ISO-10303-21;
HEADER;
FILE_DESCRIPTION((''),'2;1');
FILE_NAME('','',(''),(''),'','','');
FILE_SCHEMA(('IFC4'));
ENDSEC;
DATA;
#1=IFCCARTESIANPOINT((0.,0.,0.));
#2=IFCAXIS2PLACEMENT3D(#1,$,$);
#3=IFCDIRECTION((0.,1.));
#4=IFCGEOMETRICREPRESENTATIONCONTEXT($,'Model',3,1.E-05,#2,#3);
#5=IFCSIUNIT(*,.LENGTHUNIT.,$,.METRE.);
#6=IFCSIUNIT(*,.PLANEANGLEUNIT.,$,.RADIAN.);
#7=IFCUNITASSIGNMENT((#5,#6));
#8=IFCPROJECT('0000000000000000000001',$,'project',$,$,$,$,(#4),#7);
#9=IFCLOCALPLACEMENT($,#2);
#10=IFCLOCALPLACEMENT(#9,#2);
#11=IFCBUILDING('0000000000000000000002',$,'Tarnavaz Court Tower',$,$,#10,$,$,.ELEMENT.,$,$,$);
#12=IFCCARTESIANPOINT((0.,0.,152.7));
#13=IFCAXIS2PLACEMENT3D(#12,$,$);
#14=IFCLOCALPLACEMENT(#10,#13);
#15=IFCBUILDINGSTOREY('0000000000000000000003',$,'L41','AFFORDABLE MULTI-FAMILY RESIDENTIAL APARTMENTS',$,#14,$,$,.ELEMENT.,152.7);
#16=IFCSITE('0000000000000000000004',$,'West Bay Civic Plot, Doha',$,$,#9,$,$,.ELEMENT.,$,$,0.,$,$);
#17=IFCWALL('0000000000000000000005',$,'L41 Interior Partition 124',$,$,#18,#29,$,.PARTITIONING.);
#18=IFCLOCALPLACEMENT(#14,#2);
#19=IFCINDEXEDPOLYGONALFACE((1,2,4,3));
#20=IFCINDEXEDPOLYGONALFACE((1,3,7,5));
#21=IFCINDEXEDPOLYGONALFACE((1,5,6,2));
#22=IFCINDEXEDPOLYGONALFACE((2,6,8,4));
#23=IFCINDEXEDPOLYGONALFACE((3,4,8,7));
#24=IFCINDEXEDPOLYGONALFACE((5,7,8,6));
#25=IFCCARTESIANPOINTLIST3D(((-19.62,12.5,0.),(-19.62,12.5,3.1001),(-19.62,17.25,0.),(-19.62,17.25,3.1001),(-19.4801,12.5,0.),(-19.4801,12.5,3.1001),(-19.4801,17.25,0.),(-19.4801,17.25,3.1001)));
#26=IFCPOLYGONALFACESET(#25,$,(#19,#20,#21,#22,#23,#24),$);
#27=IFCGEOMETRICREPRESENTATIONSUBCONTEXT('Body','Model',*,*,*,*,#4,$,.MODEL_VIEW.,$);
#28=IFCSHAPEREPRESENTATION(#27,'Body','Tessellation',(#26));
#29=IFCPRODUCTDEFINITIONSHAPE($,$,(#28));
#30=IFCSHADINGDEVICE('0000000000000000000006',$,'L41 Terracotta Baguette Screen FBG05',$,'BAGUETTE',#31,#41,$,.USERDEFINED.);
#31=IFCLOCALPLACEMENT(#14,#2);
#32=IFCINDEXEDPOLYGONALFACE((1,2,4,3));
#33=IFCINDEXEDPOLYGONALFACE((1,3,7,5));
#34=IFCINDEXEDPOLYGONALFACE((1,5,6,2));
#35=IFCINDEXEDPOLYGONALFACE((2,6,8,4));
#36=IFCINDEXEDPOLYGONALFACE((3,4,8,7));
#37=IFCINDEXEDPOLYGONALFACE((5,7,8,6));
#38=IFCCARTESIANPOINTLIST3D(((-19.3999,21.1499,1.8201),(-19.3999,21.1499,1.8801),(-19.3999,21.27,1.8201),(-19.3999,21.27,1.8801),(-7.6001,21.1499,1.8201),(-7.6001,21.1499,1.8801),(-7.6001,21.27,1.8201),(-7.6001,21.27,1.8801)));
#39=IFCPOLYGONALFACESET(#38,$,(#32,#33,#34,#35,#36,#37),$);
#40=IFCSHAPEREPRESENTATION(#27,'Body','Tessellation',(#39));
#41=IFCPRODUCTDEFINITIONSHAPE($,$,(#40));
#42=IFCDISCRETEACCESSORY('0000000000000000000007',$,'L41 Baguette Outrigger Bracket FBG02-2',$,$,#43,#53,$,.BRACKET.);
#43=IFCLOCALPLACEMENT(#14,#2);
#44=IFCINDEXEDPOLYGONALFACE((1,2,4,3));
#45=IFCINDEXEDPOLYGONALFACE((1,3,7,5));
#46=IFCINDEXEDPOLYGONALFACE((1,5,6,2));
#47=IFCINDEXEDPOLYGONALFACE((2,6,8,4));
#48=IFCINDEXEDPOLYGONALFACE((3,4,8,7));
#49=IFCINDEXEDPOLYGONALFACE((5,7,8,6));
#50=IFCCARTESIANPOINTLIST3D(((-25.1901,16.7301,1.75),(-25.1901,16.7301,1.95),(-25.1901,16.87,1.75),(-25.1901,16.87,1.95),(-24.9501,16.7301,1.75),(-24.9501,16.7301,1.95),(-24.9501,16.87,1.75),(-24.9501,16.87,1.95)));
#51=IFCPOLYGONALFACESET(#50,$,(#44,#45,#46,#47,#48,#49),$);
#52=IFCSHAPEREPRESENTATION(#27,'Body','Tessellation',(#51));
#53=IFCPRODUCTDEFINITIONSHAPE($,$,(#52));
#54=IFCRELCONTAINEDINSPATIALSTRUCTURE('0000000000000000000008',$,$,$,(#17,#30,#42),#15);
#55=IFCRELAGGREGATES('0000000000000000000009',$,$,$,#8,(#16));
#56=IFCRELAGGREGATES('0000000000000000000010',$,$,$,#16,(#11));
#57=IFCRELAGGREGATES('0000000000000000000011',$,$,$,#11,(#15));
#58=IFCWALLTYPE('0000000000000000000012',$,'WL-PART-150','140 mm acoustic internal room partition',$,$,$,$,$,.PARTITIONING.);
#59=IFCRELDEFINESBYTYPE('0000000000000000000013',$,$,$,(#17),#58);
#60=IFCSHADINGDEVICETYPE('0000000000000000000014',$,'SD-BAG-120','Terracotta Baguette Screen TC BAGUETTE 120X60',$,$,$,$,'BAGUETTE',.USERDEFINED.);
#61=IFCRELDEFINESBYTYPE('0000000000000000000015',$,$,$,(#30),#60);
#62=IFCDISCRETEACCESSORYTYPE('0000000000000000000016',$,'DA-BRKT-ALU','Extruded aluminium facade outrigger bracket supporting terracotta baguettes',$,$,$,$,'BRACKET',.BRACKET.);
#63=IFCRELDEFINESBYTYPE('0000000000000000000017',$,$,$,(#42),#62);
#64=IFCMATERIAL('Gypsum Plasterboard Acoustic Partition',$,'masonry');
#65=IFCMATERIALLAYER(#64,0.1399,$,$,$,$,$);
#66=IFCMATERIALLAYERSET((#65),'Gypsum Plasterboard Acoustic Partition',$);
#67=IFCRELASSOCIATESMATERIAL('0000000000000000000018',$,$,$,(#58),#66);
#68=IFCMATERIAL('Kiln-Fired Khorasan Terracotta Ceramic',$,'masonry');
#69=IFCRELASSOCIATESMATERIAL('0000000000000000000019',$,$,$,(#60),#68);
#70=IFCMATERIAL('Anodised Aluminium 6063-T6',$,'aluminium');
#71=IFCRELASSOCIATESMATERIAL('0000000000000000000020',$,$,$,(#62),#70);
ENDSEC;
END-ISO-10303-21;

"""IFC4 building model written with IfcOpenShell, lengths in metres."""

from ifc_helpers import new_model, si_unit, direction, frame, frame_2d, origin, origin_2d, place, context, subcontext, project, spatial, rectangle, extrude, material, layer, layer_set, material_profile, profile_set, type_object, element, save


model = new_model("IFC4")

# Units and contexts
model_context = context("Model", 3, precision=1e-05, world=origin(), true_north=direction((0.0, 1.0)))
body_context = subcontext(model_context, "Body", "Model", "MODEL_VIEW")
ifc_project = project(units=[si_unit("LENGTHUNIT", "METRE"), si_unit("PLANEANGLEUNIT", "RADIAN")], contexts=[model_context])

# Site, building, storey
site_placement = place(None, origin())
site = spatial("IfcSite", under=ifc_project, at=site_placement, Name="West Bay Civic Plot, Doha", CompositionType="ELEMENT", RefElevation=0.0)
building_placement = place(site_placement, origin())
building = spatial("IfcBuilding", under=site, at=building_placement, Name="Tarnavaz Court Tower", CompositionType="ELEMENT")
storey_placement = place(building_placement, frame((0.0, 0.0, 152.7)))
storey = spatial("IfcBuildingStorey", under=building, at=storey_placement, Name="L41", Description="AFFORDABLE MULTI-FAMILY RESIDENTIAL APARTMENTS", CompositionType="ELEMENT", Elevation=152.7)

# Wall
ifc_material_1 = material(Name="Gypsum Plasterboard Acoustic Partition", Category="masonry")
ifc_layer_1 = layer(ifc_material_1, 0.1399)
ifc_layer_set_1 = layer_set([ifc_layer_1], Name="Gypsum Plasterboard Acoustic Partition")
wall_type_1 = type_object("IfcWallType", Name="WL-PART-150", Description="140 mm acoustic internal room partition", PredefinedType="PARTITIONING", material=ifc_layer_set_1)
wall_1_placement = place(storey_placement, frame((-19.55, 12.5, 0.0), z_axis=(0.0, 0.0, 1.0), x_axis=(0.0, 1.0, 0.0)))
element("IfcWall", 1, at=wall_1_placement, inside=storey, type_object=wall_type_1, Name="L41 Interior Partition 124", PredefinedType="PARTITIONING", context=body_context, shape_type="SweptSolid", body=[
    extrude(rectangle(XDim=4.75, YDim=0.1399, at=frame_2d((2.375, 0.0))), origin(), (0.0, 0.0, 1.0), 3.1001),
])

# Shading device
ifc_material_2 = material(Name="Kiln-Fired Khorasan Terracotta Ceramic", Category="masonry")
ifc_material_profile_1 = material_profile(ifc_material_2, rectangle(XDim=0.1201, YDim=0.0601, at=origin_2d()), Name="TC BAGUETTE 120X60")
ifc_profile_set_1 = profile_set([ifc_material_profile_1], Name="Kiln-Fired Khorasan Terracotta Ceramic")
shading_device_type = type_object("IfcShadingDeviceType", Name="SD-BAG-120", Description="Terracotta Baguette Screen TC BAGUETTE 120X60", ElementType="BAGUETTE", PredefinedType="USERDEFINED", material=ifc_profile_set_1)
shading_device_placement = place(storey_placement, frame((-19.3999, 21.21, 1.8501), z_axis=(1.0, 0.0, 0.0), x_axis=(0.0, 1.0, 0.0)))
element("IfcShadingDevice", 2, at=shading_device_placement, inside=storey, type_object=shading_device_type, Name="L41 Terracotta Baguette Screen FBG05", ObjectType="BAGUETTE", PredefinedType="USERDEFINED", context=body_context, shape_type="SweptSolid", body=[
    extrude(rectangle(XDim=0.1201, YDim=0.0601, at=origin_2d()), origin(), (0.0, 0.0, 1.0), 11.7998),
])

# Discrete accessory
ifc_material_3 = material(Name="Anodised Aluminium 6063-T6", Category="aluminium")
discrete_accessory_type = type_object("IfcDiscreteAccessoryType", Name="DA-BRKT-ALU", Description="Extruded aluminium facade outrigger bracket supporting terracotta baguettes", ElementType="BRACKET", PredefinedType="BRACKET", material=ifc_material_3)
discrete_accessory_placement = place(storey_placement, frame((-25.0701, 16.8, 1.75), z_axis=(0.0, 0.0, 1.0), x_axis=(0.0, 1.0, 0.0)))
element("IfcDiscreteAccessory", 3, at=discrete_accessory_placement, inside=storey, type_object=discrete_accessory_type, Name="L41 Baguette Outrigger Bracket FBG02-2", PredefinedType="BRACKET", context=body_context, shape_type="SweptSolid", body=[
    extrude(rectangle(XDim=0.1399, YDim=0.24, at=origin_2d()), origin(), (0.0, 0.0, 1.0), 0.2),
])

save(model, "model.ifc")
